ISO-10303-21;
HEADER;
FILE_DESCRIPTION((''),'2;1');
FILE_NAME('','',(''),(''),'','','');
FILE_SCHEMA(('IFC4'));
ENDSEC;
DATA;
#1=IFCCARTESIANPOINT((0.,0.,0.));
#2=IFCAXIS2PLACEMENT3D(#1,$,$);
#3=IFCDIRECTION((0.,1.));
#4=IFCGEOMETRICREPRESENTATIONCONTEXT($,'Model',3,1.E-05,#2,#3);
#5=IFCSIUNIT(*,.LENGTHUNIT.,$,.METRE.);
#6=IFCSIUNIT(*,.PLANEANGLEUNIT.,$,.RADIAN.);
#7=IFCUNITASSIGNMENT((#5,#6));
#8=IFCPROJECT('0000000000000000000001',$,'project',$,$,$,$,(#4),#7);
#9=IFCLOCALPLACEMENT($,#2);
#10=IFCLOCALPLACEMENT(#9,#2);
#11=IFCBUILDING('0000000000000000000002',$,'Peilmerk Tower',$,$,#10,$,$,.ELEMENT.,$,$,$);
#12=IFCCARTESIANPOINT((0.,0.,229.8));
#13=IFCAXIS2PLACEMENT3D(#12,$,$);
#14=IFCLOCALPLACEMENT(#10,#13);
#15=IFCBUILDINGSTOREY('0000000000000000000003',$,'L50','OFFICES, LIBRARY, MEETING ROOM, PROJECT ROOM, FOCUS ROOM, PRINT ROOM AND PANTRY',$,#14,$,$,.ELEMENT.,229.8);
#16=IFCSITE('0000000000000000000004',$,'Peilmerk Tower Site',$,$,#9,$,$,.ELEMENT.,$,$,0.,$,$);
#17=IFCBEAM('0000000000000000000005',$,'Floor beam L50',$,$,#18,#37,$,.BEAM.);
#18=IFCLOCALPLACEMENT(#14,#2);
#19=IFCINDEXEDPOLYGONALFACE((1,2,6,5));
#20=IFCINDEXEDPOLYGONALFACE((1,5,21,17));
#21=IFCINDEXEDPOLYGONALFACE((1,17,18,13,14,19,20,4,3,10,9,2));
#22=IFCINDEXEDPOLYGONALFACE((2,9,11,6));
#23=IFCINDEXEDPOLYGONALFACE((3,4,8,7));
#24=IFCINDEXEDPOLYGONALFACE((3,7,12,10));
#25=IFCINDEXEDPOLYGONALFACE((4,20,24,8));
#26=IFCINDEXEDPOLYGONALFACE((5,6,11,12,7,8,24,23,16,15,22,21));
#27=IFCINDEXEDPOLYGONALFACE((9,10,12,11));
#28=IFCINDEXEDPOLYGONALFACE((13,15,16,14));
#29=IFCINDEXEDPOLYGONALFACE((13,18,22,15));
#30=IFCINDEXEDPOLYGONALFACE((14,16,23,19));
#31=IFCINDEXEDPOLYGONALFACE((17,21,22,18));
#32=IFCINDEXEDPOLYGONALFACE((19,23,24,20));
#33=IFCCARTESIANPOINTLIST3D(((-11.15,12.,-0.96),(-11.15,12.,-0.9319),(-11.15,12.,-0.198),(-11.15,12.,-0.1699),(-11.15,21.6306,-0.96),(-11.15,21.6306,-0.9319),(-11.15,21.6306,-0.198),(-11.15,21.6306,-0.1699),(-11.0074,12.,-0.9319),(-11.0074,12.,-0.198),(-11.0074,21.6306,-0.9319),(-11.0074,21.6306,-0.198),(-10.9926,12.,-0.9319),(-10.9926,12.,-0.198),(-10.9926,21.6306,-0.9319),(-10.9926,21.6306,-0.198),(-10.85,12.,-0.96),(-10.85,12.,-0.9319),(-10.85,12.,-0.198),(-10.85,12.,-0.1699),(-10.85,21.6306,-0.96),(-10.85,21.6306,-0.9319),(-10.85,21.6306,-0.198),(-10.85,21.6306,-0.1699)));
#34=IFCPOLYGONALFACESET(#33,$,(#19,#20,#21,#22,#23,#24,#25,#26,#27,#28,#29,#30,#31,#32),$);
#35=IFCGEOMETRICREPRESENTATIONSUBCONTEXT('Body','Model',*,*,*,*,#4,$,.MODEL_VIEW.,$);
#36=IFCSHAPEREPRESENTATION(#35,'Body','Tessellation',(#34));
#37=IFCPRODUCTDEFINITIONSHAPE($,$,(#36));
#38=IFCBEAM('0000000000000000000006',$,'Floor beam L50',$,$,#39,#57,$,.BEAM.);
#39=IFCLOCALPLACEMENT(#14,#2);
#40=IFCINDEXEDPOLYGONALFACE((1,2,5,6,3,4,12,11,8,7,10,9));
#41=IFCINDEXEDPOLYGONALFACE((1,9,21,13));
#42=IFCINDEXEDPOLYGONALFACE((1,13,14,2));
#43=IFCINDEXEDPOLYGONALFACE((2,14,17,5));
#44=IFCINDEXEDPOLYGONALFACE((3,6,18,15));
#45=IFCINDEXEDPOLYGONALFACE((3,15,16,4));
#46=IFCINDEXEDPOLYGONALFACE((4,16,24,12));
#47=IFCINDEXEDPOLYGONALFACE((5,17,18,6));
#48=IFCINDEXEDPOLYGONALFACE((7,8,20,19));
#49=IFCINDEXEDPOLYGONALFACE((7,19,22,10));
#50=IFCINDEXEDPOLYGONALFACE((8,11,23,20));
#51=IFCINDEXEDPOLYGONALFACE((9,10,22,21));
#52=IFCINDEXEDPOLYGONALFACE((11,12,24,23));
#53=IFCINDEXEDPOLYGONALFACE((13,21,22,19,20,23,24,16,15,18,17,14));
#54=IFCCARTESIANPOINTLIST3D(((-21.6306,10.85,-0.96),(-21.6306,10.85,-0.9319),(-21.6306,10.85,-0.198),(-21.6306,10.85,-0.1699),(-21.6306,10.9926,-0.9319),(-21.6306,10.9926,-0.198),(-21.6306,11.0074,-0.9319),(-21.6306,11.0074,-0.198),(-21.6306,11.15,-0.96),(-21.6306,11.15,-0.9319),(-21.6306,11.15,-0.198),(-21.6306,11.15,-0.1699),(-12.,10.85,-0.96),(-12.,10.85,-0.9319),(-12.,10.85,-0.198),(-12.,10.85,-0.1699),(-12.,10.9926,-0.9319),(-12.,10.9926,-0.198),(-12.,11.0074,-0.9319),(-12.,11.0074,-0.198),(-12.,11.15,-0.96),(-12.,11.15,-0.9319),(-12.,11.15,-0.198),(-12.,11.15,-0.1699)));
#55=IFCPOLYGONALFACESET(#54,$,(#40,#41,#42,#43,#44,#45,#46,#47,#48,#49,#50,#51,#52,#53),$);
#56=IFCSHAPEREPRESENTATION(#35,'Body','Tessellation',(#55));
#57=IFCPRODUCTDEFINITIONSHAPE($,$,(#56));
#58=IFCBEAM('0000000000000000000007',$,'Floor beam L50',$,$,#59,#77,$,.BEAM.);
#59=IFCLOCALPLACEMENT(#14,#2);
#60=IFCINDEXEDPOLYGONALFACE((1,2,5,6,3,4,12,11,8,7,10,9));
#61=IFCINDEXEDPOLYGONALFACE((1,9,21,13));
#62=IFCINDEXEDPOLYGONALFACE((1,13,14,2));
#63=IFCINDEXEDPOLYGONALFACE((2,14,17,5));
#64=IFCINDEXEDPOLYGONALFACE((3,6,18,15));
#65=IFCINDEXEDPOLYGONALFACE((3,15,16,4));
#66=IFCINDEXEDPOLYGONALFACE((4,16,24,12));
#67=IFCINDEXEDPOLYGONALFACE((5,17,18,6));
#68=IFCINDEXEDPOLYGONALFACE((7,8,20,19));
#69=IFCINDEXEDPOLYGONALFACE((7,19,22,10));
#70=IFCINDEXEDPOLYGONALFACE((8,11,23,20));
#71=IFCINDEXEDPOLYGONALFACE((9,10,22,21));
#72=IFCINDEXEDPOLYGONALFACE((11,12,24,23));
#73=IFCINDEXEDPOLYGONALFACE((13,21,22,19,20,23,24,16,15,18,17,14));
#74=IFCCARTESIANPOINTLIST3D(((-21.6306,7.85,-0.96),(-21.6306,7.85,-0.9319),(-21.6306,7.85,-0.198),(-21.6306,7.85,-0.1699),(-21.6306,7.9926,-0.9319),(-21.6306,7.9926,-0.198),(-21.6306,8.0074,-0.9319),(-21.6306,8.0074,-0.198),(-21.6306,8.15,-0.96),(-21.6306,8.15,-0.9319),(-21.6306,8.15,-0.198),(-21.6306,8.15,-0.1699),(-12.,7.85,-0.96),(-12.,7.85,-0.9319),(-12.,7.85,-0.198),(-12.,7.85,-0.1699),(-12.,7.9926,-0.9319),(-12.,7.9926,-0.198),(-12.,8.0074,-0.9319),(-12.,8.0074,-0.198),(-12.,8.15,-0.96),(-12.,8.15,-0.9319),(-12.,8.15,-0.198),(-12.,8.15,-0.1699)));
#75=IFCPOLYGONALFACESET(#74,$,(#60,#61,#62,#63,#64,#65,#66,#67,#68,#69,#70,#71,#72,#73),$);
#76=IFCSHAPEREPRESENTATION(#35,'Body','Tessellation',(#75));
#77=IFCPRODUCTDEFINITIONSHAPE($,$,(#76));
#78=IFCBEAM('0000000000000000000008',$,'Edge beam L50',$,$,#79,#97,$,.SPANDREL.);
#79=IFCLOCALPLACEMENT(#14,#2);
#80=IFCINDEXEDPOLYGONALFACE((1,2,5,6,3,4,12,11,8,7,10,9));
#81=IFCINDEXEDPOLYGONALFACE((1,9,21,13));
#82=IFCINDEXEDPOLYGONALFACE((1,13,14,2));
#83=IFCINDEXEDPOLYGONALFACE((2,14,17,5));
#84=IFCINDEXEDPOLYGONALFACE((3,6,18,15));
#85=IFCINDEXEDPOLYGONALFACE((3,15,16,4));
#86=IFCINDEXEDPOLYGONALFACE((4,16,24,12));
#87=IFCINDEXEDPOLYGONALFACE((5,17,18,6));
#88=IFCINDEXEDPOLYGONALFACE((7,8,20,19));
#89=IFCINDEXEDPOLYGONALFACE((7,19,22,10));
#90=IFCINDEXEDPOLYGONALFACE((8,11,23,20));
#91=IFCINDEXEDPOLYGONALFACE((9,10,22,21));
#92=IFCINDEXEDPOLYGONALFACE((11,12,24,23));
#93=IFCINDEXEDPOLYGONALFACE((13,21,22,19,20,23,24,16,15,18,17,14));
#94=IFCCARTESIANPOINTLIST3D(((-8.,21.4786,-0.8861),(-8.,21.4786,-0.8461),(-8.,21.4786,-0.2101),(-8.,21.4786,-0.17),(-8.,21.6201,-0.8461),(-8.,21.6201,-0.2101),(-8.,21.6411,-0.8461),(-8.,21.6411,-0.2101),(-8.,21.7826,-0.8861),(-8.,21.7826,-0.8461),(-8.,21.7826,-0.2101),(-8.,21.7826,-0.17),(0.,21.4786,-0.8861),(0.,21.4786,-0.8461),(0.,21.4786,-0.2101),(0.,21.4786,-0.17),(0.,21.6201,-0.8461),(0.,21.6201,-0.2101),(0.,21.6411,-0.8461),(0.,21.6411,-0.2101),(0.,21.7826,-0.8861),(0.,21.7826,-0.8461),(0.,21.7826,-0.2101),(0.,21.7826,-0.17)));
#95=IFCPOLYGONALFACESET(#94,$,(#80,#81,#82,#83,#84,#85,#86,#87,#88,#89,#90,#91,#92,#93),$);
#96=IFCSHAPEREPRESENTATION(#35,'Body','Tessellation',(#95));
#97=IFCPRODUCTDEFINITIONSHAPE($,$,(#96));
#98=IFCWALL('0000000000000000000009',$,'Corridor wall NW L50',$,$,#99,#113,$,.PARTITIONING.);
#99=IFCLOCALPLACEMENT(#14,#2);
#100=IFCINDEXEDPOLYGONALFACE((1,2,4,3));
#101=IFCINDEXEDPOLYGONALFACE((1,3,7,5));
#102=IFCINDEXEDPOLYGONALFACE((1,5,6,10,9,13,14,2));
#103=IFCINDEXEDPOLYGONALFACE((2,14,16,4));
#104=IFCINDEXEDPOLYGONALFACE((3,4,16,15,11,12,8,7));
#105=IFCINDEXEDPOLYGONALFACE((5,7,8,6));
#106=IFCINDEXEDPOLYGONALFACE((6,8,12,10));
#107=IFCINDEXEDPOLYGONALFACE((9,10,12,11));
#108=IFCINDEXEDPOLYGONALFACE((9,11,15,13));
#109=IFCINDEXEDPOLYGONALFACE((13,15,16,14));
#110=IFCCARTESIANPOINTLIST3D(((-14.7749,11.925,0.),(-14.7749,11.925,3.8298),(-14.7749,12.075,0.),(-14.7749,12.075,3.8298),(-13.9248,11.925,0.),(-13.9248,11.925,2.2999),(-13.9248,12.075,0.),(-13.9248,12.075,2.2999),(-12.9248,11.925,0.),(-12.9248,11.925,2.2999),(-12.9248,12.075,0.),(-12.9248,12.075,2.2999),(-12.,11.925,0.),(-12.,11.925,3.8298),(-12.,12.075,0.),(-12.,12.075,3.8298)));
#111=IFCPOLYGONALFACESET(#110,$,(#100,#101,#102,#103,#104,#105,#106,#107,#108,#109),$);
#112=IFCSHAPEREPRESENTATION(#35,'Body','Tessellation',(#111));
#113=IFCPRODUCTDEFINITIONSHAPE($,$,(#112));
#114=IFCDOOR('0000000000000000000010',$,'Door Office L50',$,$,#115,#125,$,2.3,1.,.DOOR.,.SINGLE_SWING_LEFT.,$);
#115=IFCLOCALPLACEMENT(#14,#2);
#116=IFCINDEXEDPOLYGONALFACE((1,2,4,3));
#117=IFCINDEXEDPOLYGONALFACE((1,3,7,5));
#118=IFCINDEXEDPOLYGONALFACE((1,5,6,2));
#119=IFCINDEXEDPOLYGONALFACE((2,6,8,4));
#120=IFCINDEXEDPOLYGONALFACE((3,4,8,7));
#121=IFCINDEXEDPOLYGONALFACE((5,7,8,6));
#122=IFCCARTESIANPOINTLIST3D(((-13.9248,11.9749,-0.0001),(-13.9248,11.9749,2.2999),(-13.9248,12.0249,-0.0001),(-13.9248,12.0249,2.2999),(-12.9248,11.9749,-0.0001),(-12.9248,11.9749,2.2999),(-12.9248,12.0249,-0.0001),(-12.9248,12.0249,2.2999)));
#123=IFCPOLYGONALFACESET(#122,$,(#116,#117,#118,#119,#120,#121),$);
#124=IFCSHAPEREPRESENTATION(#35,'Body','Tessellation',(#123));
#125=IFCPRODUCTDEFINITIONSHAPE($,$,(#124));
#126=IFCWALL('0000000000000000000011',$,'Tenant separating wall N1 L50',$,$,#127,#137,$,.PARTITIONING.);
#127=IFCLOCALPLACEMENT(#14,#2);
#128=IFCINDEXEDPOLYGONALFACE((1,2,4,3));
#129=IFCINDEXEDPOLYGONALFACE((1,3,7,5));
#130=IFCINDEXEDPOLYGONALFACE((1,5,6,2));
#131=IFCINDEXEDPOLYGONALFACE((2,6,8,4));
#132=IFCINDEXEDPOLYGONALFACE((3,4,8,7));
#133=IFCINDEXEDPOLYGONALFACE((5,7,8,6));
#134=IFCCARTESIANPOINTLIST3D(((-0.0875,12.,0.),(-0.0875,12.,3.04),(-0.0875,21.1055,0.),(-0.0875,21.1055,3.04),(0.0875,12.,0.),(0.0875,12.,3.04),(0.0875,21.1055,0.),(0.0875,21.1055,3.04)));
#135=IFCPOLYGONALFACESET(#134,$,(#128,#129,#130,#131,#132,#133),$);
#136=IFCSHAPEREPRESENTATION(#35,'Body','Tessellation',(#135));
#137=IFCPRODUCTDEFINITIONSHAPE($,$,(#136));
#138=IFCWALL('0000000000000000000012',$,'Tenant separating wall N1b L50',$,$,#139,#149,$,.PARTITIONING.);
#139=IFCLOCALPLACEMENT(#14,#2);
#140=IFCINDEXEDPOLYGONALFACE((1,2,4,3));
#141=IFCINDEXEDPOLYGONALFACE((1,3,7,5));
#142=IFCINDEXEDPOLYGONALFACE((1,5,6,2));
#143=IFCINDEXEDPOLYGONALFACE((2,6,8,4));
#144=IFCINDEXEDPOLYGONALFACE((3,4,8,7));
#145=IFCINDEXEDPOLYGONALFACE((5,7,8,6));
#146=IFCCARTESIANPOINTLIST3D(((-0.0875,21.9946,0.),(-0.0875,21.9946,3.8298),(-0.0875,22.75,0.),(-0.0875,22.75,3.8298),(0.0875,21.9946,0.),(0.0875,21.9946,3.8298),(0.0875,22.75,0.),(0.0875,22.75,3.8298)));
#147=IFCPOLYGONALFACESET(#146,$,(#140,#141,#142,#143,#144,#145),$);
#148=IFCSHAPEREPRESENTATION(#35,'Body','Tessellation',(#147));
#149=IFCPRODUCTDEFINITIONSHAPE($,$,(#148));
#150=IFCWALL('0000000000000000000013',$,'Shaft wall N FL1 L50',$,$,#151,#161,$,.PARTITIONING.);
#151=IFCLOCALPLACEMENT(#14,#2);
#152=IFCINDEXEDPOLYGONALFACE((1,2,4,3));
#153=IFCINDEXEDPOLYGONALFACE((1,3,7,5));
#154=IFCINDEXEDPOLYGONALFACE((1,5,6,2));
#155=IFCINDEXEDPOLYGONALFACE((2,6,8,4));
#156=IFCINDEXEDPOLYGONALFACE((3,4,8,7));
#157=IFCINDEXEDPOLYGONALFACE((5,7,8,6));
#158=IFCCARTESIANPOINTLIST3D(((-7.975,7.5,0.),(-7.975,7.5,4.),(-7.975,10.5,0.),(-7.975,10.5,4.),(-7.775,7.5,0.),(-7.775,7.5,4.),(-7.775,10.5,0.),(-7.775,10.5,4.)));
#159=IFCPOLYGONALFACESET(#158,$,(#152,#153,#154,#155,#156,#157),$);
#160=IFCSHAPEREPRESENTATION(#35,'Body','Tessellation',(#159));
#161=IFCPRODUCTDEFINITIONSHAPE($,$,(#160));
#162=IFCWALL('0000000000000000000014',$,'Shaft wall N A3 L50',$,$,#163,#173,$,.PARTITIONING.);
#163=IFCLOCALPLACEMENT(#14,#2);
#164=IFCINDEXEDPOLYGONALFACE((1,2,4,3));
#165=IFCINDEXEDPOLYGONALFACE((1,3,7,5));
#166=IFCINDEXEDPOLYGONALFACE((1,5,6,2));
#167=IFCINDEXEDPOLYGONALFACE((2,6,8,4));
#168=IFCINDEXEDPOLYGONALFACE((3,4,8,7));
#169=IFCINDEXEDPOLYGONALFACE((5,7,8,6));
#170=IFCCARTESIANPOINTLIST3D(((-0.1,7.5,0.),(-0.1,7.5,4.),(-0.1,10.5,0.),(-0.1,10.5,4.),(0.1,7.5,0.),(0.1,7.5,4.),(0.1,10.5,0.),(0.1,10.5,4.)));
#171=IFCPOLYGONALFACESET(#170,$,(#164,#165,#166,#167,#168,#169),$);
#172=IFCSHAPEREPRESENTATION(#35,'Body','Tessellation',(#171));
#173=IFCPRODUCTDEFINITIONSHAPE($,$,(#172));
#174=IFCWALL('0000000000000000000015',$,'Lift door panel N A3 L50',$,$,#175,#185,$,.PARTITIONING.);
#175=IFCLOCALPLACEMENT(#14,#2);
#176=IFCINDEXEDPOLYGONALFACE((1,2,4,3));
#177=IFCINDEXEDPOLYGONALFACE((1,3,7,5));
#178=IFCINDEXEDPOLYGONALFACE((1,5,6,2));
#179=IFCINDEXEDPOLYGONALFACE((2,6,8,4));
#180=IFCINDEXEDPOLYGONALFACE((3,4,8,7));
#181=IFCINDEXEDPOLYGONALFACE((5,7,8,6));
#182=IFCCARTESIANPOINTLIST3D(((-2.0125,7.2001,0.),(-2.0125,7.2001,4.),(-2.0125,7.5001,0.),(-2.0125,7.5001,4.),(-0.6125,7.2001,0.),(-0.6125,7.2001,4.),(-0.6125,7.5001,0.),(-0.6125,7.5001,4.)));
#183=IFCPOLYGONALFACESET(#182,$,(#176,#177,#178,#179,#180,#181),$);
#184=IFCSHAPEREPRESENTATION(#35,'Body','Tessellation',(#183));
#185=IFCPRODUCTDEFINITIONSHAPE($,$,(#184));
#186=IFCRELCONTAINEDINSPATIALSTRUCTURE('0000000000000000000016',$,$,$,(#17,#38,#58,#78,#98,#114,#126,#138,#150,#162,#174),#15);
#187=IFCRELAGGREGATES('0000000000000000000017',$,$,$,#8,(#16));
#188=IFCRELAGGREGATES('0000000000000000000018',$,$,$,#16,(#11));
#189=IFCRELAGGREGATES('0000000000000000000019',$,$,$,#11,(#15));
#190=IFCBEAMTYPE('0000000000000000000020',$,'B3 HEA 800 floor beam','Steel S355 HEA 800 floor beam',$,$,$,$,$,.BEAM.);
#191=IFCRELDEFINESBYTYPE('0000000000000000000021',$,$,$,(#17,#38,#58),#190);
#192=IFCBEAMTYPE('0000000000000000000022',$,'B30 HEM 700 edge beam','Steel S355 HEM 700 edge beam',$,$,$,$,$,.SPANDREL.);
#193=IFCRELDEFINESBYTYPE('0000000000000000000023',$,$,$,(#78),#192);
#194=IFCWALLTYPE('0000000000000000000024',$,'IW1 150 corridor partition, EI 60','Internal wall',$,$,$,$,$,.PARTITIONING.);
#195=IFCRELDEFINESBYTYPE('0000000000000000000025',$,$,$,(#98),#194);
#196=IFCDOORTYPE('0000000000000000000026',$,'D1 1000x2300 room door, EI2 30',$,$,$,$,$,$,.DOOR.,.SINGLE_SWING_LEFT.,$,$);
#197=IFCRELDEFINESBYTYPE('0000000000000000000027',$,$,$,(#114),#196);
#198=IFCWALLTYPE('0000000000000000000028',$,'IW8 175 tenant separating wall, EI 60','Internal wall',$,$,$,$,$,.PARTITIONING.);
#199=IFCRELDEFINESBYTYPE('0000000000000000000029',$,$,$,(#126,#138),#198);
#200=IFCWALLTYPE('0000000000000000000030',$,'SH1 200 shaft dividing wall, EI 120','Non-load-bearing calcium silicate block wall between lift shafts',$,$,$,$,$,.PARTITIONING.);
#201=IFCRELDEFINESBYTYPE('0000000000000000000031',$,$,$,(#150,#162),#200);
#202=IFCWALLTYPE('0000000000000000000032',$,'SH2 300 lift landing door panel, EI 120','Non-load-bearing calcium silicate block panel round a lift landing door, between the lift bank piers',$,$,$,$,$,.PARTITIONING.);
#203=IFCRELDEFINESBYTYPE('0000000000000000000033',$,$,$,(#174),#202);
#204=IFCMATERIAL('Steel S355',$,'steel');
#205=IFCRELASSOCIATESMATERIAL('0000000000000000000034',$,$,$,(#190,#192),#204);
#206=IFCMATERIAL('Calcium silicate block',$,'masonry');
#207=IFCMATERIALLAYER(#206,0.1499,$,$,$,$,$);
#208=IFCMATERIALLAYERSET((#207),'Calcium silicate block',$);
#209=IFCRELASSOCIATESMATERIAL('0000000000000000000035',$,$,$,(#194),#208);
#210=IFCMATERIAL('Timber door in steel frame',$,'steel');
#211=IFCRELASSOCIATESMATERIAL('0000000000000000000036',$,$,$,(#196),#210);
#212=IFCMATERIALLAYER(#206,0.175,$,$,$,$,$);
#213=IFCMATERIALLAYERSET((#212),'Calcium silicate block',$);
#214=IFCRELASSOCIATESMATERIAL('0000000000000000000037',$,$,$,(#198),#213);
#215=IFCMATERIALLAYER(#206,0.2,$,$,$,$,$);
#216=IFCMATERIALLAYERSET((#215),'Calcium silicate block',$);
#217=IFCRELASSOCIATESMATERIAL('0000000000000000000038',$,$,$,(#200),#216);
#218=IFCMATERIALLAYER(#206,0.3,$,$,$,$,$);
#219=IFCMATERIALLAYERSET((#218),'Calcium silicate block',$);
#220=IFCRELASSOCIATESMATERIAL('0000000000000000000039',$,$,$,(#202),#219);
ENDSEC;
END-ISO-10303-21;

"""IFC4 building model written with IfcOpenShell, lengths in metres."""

from ifc_helpers import new_model, si_unit, direction, frame, frame_2d, origin, origin_2d, place, context, subcontext, project, spatial, rectangle, i_section, extrude, material, layer, layer_set, material_profile, profile_set, type_object, element, fill, save


model = new_model("IFC4")

# Units and contexts
model_context = context("Model", 3, precision=1e-05, world=origin(), true_north=direction((0.0, 1.0)))
body_context = subcontext(model_context, "Body", "Model", "MODEL_VIEW")
ifc_project = project(units=[si_unit("LENGTHUNIT", "METRE"), si_unit("PLANEANGLEUNIT", "RADIAN")], contexts=[model_context])

# Site, building, storey
site_placement = place(None, origin())
site = spatial("IfcSite", under=ifc_project, at=site_placement, Name="Peilmerk Tower Site", CompositionType="ELEMENT", RefElevation=0.0)
building_placement = place(site_placement, origin())
building = spatial("IfcBuilding", under=site, at=building_placement, Name="Peilmerk Tower", CompositionType="ELEMENT")
storey_placement = place(building_placement, frame((0.0, 0.0, 229.8)))
storey = spatial("IfcBuildingStorey", under=building, at=storey_placement, Name="L50", Description="OFFICES, LIBRARY, MEETING ROOM, PROJECT ROOM, FOCUS ROOM, PRINT ROOM AND PANTRY", CompositionType="ELEMENT", Elevation=229.8)

# Beams
ifc_material_1 = material(Name="Steel S355", Category="steel")
ifc_material_profile_1 = material_profile(ifc_material_1, i_section(OverallWidth=0.3, OverallDepth=0.79, WebThickness=0.0149, FlangeThickness=0.0281, at=origin_2d()), Name="HEA 800")
ifc_profile_set_1 = profile_set([ifc_material_profile_1], Name="Steel S355")
beam_type_1 = type_object("IfcBeamType", Name="B3 HEA 800 floor beam", Description="Steel S355 HEA 800 floor beam", PredefinedType="BEAM", material=ifc_profile_set_1)
for number, where, z_axis, x_axis, name in (
    (1, (-11.0, 12.0, -0.5649), (0.0, 1.0, 0.0), (-1.0, 0.0, 0.0), "Floor beam L50"),
    (2, (-12.0, 11.0, -0.5649), (-1.0, 0.0, 0.0), (0.0, -1.0, 0.0), "Floor beam L50"),
    (3, (-12.0, 8.0, -0.5649), (-1.0, 0.0, 0.0), (0.0, -1.0, 0.0), "Floor beam L50"),
):
    element("IfcBeam", number, at=place(storey_placement, frame(where, z_axis=z_axis, x_axis=x_axis)), inside=storey, type_object=beam_type_1, Name=name, PredefinedType="BEAM", context=body_context, shape_type="SweptSolid", body=[
        extrude(i_section(OverallWidth=0.3, OverallDepth=0.79, WebThickness=0.0149, FlangeThickness=0.0281, at=origin_2d()), origin(), (0.0, 0.0, 1.0), 9.6306),
    ])
ifc_material_profile_2 = material_profile(ifc_material_1, i_section(OverallWidth=0.304, OverallDepth=0.7161, WebThickness=0.021, FlangeThickness=0.04, at=origin_2d()), Name="HEM 700")
ifc_profile_set_2 = profile_set([ifc_material_profile_2], Name="Steel S355")
beam_type_2 = type_object("IfcBeamType", Name="B30 HEM 700 edge beam", Description="Steel S355 HEM 700 edge beam", PredefinedType="SPANDREL", material=ifc_profile_set_2)
beam_1_placement = place(storey_placement, frame((0.0, 21.6306, -0.5281), z_axis=(-1.0, 0.0, 0.0), x_axis=(0.0, -1.0, 0.0)))
element("IfcBeam", 4, at=beam_1_placement, inside=storey, type_object=beam_type_2, Name="Edge beam L50", PredefinedType="SPANDREL", context=body_context, shape_type="SweptSolid", body=[
    extrude(i_section(OverallWidth=0.304, OverallDepth=0.7161, WebThickness=0.021, FlangeThickness=0.04, at=origin_2d()), origin(), (0.0, 0.0, 1.0), 8.0),
])

# Wall, opening, door
ifc_material_2 = material(Name="Calcium silicate block", Category="masonry")
ifc_layer_1 = layer(ifc_material_2, 0.1499)
ifc_layer_set_1 = layer_set([ifc_layer_1], Name="Calcium silicate block")
wall_type_1 = type_object("IfcWallType", Name="IW1 150 corridor partition, EI 60", Description="Internal wall", PredefinedType="PARTITIONING", material=ifc_layer_set_1)
wall_1_placement = place(storey_placement, frame((-14.7749, 12.0, 0.0), z_axis=(0.0, 0.0, 1.0), x_axis=(1.0, 0.0, 0.0)))
wall_1 = element("IfcWall", 5, at=wall_1_placement, inside=storey, type_object=wall_type_1, Name="Corridor wall NW L50", PredefinedType="PARTITIONING", context=body_context, shape_type="SweptSolid", body=[
    extrude(rectangle(XDim=2.7749, YDim=0.1499, at=frame_2d((1.3875, 0.0))), origin(), (0.0, 0.0, 1.0), 3.8298),
])
opening_placement = place(wall_1_placement, frame((0.8501, 0.0, 0.0)))
opening = element("IfcOpeningElement", 6, at=opening_placement, cuts=wall_1, PredefinedType="OPENING", context=body_context, shape_type="SweptSolid", body=[
    extrude(rectangle(XDim=1.0, YDim=2.3, at=frame_2d((0.5, 1.1499))), frame((0.0, 0.085, 0.0), z_axis=(0.0, -1.0, 0.0), x_axis=(1.0, 0.0, 0.0)), (0.0, 0.0, 1.0), 0.1699),
])
ifc_material_3 = material(Name="Timber door in steel frame", Category="steel")
door_type = type_object("IfcDoorType", Name="D1 1000x2300 room door, EI2 30", OperationType="SINGLE_SWING_LEFT", PredefinedType="DOOR", material=ifc_material_3)
door_placement = place(opening_placement, origin())
door = element("IfcDoor", 7, at=door_placement, inside=storey, type_object=door_type, Name="Door Office L50", OperationType="SINGLE_SWING_LEFT", OverallHeight=2.3, OverallWidth=1.0, PredefinedType="DOOR", context=body_context, shape_type="SweptSolid", body=[
    extrude(rectangle(XDim=1.0, YDim=2.3, at=frame_2d((0.5, 1.1499))), frame((0.0, 0.0249, 0.0), z_axis=(0.0, -1.0, 0.0), x_axis=(1.0, 0.0, 0.0)), (0.0, 0.0, 1.0), 0.05),
])
fill(opening, door)

# Walls
ifc_layer_2 = layer(ifc_material_2, 0.175)
ifc_layer_set_2 = layer_set([ifc_layer_2], Name="Calcium silicate block")
wall_type_2 = type_object("IfcWallType", Name="IW8 175 tenant separating wall, EI 60", Description="Internal wall", PredefinedType="PARTITIONING", material=ifc_layer_set_2)
wall_2_placement = place(storey_placement, frame((0.0, 12.0, 0.0), z_axis=(0.0, 0.0, 1.0), x_axis=(0.0, 1.0, 0.0)))
element("IfcWall", 8, at=wall_2_placement, inside=storey, type_object=wall_type_2, Name="Tenant separating wall N1 L50", PredefinedType="PARTITIONING", context=body_context, shape_type="SweptSolid", body=[
    extrude(rectangle(XDim=9.1055, YDim=0.175, at=frame_2d((4.5527, 0.0))), origin(), (0.0, 0.0, 1.0), 3.04),
])
wall_3_placement = place(storey_placement, frame((0.0, 21.9946, 0.0), z_axis=(0.0, 0.0, 1.0), x_axis=(0.0, 1.0, 0.0)))
element("IfcWall", 9, at=wall_3_placement, inside=storey, type_object=wall_type_2, Name="Tenant separating wall N1b L50", PredefinedType="PARTITIONING", context=body_context, shape_type="SweptSolid", body=[
    extrude(rectangle(XDim=0.7554, YDim=0.175, at=frame_2d((0.3777, 0.0))), origin(), (0.0, 0.0, 1.0), 3.8298),
])
ifc_layer_3 = layer(ifc_material_2, 0.2)
ifc_layer_set_3 = layer_set([ifc_layer_3], Name="Calcium silicate block")
wall_type_3 = type_object("IfcWallType", Name="SH1 200 shaft dividing wall, EI 120", Description="Non-load-bearing calcium silicate block wall between lift shafts", PredefinedType="PARTITIONING", material=ifc_layer_set_3)
for number, where, z_axis, x_axis, name in (
    (10, (-7.875, 7.5, 0.0), (0.0, 0.0, 1.0), (0.0, 1.0, 0.0), "Shaft wall N FL1 L50"),
    (11, (0.0, 7.5, 0.0), (0.0, 0.0, 1.0), (0.0, 1.0, 0.0), "Shaft wall N A3 L50"),
):
    element("IfcWall", number, at=place(storey_placement, frame(where, z_axis=z_axis, x_axis=x_axis)), inside=storey, type_object=wall_type_3, Name=name, PredefinedType="PARTITIONING", context=body_context, shape_type="SweptSolid", body=[
        extrude(rectangle(XDim=3.0, YDim=0.2, at=frame_2d((1.5, 0.0))), origin(), (0.0, 0.0, 1.0), 4.0),
    ])
ifc_layer_4 = layer(ifc_material_2, 0.3)
ifc_layer_set_4 = layer_set([ifc_layer_4], Name="Calcium silicate block")
wall_type_4 = type_object("IfcWallType", Name="SH2 300 lift landing door panel, EI 120", Description="Non-load-bearing calcium silicate block panel round a lift landing door, between the lift bank piers", PredefinedType="PARTITIONING", material=ifc_layer_set_4)
wall_4_placement = place(storey_placement, frame((-2.0125, 7.3501, 0.0), z_axis=(0.0, 0.0, 1.0), x_axis=(1.0, 0.0, 0.0)))
element("IfcWall", 12, at=wall_4_placement, inside=storey, type_object=wall_type_4, Name="Lift door panel N A3 L50", PredefinedType="PARTITIONING", context=body_context, shape_type="SweptSolid", body=[
    extrude(rectangle(XDim=1.3999, YDim=0.3, at=frame_2d((0.7, 0.0))), origin(), (0.0, 0.0, 1.0), 4.0),
])

save(model, "model.ifc")
